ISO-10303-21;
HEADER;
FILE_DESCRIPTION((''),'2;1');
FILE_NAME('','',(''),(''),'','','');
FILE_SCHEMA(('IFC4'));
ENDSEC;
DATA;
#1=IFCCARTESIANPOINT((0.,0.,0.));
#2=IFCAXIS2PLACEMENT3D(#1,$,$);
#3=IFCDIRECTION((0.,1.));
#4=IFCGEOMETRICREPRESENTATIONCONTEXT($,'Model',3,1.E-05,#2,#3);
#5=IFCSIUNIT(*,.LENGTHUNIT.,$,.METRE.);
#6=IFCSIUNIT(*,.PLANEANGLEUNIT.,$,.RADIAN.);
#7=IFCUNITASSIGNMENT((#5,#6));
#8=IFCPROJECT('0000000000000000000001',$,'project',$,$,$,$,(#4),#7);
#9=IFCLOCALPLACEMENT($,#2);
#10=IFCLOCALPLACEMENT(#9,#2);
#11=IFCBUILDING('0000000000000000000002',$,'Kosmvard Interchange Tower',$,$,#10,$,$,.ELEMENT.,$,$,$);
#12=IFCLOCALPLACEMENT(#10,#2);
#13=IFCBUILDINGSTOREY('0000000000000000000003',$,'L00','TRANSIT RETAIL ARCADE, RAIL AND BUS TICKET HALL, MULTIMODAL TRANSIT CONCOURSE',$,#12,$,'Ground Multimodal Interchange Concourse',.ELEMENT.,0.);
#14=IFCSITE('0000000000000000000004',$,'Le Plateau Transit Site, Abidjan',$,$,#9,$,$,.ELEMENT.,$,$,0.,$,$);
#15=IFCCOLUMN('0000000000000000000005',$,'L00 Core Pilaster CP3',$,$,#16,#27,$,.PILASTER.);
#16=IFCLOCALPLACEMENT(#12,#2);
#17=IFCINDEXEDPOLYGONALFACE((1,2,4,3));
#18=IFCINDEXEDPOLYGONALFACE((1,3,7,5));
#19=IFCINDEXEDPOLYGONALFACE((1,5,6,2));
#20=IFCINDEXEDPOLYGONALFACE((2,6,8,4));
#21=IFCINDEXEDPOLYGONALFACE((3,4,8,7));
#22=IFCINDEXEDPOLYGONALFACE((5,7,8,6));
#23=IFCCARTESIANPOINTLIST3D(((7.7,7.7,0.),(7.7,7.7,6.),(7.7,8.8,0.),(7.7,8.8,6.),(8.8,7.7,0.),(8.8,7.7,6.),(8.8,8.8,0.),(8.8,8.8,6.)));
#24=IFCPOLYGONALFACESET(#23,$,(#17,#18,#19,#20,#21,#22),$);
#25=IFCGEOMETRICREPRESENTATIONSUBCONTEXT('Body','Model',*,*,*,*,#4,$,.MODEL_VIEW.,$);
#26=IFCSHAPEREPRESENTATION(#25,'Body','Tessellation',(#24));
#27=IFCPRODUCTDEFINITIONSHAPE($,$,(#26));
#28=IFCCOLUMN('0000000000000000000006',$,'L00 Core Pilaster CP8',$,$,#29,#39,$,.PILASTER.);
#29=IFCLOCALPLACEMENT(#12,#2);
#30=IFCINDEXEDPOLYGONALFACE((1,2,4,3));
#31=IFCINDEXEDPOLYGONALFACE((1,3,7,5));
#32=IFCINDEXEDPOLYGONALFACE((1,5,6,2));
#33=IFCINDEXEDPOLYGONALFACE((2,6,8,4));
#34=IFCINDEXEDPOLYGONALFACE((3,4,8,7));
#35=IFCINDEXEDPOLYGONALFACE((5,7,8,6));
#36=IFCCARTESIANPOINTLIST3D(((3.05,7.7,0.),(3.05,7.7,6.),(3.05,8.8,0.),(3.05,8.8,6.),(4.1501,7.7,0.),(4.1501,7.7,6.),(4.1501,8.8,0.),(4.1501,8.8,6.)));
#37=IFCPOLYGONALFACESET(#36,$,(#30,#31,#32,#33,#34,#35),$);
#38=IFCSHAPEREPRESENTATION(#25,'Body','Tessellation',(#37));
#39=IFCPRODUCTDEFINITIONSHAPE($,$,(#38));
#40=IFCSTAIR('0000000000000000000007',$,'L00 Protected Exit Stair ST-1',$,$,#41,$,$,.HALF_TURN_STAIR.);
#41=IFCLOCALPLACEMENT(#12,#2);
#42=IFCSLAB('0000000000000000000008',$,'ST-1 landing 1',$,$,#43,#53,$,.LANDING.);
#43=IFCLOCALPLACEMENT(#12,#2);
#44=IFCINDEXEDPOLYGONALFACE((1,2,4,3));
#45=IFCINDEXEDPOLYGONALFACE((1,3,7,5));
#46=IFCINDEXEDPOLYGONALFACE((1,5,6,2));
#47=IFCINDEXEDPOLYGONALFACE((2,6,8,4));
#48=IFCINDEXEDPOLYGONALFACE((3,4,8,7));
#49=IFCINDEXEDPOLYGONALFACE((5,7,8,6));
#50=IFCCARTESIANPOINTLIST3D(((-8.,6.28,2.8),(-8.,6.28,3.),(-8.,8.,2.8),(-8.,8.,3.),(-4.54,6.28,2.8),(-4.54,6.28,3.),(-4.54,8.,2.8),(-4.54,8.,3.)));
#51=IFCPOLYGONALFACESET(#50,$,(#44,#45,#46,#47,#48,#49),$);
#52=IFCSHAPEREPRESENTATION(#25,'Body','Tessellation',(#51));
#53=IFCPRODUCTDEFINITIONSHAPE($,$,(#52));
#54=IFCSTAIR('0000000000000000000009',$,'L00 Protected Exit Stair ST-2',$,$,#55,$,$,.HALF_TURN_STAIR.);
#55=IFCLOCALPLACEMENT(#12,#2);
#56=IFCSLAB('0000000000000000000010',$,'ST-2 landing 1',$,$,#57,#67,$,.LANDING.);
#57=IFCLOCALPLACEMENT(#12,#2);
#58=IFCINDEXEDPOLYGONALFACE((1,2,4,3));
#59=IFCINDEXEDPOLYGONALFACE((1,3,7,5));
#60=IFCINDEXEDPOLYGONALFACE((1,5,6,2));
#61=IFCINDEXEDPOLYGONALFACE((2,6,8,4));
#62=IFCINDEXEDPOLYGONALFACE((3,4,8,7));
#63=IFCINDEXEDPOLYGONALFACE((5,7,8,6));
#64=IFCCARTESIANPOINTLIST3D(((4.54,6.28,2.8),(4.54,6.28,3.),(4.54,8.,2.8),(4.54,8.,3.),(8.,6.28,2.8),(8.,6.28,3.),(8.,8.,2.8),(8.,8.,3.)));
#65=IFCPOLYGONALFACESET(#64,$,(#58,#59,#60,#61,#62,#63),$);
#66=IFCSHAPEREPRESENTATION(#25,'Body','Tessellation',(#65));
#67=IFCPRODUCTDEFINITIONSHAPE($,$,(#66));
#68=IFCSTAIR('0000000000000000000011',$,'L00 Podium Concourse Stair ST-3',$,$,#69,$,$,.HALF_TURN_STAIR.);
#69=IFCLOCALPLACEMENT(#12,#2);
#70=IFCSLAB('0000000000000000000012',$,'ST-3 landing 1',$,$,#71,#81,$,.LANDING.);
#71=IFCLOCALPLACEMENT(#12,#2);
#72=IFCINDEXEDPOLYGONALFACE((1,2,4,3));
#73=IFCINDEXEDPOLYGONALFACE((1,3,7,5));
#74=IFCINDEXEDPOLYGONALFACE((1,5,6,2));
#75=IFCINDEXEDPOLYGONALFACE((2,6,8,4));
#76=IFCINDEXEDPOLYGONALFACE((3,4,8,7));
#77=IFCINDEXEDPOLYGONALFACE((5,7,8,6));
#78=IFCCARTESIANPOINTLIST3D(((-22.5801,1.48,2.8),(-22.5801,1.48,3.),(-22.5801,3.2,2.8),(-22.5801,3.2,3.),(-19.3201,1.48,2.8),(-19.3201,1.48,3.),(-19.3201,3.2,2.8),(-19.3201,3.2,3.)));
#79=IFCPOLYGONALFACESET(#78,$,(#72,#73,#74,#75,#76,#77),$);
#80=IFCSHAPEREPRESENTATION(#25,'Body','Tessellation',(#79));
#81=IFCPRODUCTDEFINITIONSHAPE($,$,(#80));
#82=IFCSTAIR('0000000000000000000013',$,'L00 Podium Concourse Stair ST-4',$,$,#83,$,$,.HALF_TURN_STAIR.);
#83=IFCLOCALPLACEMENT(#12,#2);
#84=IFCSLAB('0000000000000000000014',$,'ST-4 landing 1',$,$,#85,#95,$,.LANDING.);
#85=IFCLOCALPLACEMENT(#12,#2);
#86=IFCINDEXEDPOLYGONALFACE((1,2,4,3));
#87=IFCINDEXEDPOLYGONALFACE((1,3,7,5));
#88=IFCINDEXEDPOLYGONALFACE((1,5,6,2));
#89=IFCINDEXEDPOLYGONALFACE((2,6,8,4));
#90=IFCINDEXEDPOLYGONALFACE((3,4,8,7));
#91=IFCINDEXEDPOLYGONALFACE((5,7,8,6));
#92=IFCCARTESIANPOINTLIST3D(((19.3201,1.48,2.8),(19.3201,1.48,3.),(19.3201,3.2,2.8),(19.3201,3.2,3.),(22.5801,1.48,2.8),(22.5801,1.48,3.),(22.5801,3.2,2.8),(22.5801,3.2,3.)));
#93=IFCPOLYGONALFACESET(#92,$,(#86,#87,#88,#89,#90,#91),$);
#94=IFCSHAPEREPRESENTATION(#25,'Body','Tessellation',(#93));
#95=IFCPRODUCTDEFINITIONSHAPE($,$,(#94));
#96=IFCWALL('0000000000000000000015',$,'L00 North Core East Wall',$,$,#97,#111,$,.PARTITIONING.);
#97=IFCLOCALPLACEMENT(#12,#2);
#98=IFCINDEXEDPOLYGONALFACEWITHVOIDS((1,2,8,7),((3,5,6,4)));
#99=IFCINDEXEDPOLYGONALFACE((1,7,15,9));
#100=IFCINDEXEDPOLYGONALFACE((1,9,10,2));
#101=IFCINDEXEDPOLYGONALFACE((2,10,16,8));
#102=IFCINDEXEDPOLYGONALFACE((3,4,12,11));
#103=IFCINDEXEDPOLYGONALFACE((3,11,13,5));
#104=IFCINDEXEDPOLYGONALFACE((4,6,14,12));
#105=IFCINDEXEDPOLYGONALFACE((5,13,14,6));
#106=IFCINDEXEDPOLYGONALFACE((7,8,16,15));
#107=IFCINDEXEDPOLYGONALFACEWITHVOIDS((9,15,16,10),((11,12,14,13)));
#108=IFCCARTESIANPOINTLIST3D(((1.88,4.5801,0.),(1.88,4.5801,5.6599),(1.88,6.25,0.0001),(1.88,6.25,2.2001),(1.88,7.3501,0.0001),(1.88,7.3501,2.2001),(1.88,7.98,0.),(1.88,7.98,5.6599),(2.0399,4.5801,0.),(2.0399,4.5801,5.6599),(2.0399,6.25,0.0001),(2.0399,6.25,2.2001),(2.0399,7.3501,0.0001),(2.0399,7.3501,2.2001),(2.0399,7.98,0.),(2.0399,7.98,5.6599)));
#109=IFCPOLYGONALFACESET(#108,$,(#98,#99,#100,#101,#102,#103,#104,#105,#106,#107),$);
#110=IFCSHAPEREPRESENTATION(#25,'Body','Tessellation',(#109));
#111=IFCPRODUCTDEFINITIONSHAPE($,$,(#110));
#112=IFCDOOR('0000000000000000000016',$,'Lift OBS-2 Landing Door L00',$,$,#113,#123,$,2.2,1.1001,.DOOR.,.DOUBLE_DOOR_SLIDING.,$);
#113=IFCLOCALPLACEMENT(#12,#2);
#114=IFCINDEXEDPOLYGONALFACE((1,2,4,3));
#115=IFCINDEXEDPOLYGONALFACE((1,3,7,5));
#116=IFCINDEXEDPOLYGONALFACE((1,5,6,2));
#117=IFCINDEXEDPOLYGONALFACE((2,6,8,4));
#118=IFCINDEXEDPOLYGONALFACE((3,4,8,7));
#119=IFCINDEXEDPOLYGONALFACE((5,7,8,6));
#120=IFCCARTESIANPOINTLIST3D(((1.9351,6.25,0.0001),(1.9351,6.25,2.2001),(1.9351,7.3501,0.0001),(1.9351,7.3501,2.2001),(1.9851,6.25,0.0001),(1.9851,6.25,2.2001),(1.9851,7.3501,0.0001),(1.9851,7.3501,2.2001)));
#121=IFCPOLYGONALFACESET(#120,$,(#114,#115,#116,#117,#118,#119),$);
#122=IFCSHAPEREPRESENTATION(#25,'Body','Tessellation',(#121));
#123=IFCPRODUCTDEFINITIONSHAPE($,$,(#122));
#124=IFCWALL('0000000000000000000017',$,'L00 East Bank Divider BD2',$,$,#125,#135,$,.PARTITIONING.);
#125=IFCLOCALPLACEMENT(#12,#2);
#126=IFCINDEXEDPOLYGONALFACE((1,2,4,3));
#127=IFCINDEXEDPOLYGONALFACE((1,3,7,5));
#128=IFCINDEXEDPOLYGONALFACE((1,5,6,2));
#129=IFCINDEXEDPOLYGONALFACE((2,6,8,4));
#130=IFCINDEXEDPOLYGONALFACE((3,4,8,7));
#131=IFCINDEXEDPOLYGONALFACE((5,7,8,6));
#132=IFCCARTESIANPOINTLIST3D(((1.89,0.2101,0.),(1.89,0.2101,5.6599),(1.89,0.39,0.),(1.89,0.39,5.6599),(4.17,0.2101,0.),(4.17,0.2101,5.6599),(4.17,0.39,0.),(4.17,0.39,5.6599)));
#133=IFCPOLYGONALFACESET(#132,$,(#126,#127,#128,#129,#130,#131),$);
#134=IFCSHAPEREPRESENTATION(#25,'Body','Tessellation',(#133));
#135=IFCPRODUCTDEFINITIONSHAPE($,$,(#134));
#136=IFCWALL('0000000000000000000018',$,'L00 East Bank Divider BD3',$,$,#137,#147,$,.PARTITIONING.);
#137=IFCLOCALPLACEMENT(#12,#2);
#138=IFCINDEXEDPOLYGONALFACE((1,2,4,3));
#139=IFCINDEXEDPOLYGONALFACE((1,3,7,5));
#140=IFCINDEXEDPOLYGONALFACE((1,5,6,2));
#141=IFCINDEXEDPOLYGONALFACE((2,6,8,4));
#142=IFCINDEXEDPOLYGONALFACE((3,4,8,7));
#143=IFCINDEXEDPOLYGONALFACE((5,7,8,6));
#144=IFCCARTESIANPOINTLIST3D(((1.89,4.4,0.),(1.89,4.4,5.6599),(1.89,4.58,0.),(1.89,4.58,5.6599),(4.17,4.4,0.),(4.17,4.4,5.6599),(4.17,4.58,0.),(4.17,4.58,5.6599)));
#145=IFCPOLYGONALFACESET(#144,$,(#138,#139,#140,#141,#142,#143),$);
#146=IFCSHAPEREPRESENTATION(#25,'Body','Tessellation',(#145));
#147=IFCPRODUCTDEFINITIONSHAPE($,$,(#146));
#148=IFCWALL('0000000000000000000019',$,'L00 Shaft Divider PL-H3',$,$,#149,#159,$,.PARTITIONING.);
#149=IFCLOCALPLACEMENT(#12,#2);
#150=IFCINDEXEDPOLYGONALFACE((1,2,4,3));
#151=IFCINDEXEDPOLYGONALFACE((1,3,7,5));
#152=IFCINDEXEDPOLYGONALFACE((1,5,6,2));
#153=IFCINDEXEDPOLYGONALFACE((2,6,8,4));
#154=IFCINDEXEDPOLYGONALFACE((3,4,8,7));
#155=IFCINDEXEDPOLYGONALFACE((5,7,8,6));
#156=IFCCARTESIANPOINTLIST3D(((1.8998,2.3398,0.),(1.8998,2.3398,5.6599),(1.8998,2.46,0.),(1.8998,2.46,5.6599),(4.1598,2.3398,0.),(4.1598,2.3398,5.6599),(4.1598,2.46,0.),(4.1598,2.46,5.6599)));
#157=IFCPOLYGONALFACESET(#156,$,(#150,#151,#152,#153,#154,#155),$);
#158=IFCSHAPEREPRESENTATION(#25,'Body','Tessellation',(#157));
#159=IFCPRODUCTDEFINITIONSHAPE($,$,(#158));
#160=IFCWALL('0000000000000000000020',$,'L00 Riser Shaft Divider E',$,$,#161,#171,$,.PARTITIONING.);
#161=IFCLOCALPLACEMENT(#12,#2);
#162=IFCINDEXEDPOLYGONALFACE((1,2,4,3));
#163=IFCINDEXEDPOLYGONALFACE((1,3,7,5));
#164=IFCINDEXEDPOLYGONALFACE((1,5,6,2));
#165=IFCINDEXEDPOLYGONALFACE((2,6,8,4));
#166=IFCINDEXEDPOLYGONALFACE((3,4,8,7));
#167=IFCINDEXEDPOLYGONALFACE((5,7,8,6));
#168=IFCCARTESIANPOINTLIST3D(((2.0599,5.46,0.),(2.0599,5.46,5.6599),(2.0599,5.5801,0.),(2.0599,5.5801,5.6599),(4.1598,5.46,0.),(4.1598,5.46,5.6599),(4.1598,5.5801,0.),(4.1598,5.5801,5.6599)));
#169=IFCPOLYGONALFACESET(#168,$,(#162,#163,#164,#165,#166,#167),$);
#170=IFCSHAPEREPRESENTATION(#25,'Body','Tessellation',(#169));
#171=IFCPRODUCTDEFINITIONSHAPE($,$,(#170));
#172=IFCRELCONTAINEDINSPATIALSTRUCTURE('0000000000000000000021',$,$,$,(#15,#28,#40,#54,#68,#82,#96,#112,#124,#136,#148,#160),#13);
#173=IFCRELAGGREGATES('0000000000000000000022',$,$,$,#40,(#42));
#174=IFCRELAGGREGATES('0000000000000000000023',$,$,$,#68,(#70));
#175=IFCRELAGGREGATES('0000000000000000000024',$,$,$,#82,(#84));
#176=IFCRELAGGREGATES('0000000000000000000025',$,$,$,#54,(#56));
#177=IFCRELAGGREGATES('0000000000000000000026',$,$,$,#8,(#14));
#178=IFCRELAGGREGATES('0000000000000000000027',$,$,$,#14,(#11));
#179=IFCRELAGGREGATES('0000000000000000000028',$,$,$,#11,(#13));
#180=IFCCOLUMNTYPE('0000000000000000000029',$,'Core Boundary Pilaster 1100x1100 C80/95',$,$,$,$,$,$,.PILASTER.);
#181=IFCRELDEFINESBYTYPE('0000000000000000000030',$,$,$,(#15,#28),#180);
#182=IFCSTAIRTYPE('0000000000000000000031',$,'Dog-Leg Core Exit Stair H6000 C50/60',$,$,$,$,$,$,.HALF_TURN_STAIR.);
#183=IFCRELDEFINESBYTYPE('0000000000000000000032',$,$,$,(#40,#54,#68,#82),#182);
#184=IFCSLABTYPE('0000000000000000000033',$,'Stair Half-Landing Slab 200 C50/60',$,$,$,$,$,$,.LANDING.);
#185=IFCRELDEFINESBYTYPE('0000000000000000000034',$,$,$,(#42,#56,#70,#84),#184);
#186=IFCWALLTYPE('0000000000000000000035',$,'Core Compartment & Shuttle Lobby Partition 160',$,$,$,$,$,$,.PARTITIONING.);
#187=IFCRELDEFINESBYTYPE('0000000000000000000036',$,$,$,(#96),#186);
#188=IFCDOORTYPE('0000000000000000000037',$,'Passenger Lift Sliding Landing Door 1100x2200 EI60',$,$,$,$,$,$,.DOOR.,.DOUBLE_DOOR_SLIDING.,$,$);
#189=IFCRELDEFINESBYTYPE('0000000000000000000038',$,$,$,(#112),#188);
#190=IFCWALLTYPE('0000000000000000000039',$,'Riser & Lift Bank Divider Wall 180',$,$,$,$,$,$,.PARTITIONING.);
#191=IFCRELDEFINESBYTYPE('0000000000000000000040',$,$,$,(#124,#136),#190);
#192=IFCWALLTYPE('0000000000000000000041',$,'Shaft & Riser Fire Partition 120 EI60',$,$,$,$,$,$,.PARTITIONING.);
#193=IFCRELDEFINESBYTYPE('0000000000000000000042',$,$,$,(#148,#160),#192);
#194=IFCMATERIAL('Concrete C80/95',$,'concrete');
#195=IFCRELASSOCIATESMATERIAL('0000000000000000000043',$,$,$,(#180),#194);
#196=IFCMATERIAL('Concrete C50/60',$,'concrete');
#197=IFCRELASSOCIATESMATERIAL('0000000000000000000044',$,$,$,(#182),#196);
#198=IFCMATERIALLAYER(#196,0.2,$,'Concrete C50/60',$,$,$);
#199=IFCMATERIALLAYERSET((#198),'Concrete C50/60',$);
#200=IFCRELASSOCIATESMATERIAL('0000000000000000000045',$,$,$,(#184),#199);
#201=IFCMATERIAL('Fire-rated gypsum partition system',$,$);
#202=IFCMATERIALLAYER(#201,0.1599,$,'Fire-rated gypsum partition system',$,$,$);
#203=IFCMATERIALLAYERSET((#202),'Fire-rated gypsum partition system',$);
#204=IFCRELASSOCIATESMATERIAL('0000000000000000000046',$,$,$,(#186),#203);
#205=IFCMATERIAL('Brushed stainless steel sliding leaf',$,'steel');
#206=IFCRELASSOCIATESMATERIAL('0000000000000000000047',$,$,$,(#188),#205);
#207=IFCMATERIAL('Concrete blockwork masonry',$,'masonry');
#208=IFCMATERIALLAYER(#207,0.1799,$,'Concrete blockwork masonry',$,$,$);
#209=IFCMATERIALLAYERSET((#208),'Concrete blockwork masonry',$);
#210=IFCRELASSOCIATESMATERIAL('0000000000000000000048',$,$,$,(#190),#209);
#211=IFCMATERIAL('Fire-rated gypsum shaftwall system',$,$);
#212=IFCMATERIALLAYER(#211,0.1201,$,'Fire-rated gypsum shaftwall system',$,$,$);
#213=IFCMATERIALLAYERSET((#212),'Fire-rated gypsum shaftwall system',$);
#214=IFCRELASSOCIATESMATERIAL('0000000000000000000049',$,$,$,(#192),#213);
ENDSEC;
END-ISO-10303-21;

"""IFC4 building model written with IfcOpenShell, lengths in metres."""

from ifc_helpers import new_model, si_unit, direction, frame, frame_2d, origin, origin_2d, place, context, subcontext, project, spatial, polyline, rectangle, outline, extrude, source, transform, mapped, material, layer, layer_set, material_profile, profile_set, type_object, element, fill, aggregate, save


model = new_model("IFC4")

# Units and contexts
model_context = context("Model", 3, precision=1e-05, world=origin(), true_north=direction((0.0, 1.0)))
body_context = subcontext(model_context, "Body", "Model", "MODEL_VIEW")
ifc_project = project(units=[si_unit("LENGTHUNIT", "METRE"), si_unit("PLANEANGLEUNIT", "RADIAN")], contexts=[model_context])

# Site, building, storey
site_placement = place(None, origin())
site = spatial("IfcSite", under=ifc_project, at=site_placement, Name="Le Plateau Transit Site, Abidjan", CompositionType="ELEMENT", RefElevation=0.0)
building_placement = place(site_placement, origin())
building = spatial("IfcBuilding", under=site, at=building_placement, Name="Kosmvard Interchange Tower", CompositionType="ELEMENT")
storey_placement = place(building_placement, origin())
storey = spatial("IfcBuildingStorey", under=building, at=storey_placement, Name="L00", Description="TRANSIT RETAIL ARCADE, RAIL AND BUS TICKET HALL, MULTIMODAL TRANSIT CONCOURSE", LongName="Ground Multimodal Interchange Concourse", CompositionType="ELEMENT", Elevation=0.0)

# Columns
ifc_material_1 = material(Name="Concrete C80/95", Category="concrete")
ifc_material_profile = material_profile(ifc_material_1, rectangle(XDim=1.1001, YDim=1.1001, at=origin_2d()), Name="CP 1100x1100")
ifc_profile_set = profile_set([ifc_material_profile], Name="Concrete C80/95")
column_type = type_object("IfcColumnType", Name="Core Boundary Pilaster 1100x1100 C80/95", PredefinedType="PILASTER", material=ifc_profile_set)
shared_shape_1 = source(origin(), body_context, "Body", "SweptSolid", [
    extrude(rectangle(XDim=1.1001, YDim=1.1001, at=origin_2d()), origin(), (0.0, 0.0, 1.0), 6.0),
])
for number, where, z_axis, x_axis, name in (
    (1, (8.25, 8.25, 0.0), (0.0, 0.0, 1.0), (1.0, 0.0, 0.0), "L00 Core Pilaster CP3"),
    (2, (3.6001, 8.25, 0.0), (0.0, 0.0, 1.0), (1.0, 0.0, 0.0), "L00 Core Pilaster CP8"),
):
    element("IfcColumn", number, at=place(storey_placement, frame(where, z_axis=z_axis, x_axis=x_axis)), inside=storey, type_object=column_type, Name=name, PredefinedType="PILASTER", context=body_context, shape_type="MappedRepresentation", body=[
        mapped(shared_shape_1, transform((0.0, 0.0, 0.0), scale=1.0)),
    ])

# Stairs, slabs
ifc_material_2 = material(Name="Concrete C50/60", Category="concrete")
stair_type = type_object("IfcStairType", Name="Dog-Leg Core Exit Stair H6000 C50/60", PredefinedType="HALF_TURN_STAIR", material=ifc_material_2)
stair_1_placement = place(storey_placement, origin())
stair_1 = element("IfcStair", 3, at=stair_1_placement, inside=storey, type_object=stair_type, Name="L00 Protected Exit Stair ST-1", PredefinedType="HALF_TURN_STAIR")
ifc_layer_1 = layer(ifc_material_2, 0.2, Name="Concrete C50/60")
ifc_layer_set_1 = layer_set([ifc_layer_1], Name="Concrete C50/60")
slab_type = type_object("IfcSlabType", Name="Stair Half-Landing Slab 200 C50/60", PredefinedType="LANDING", material=ifc_layer_set_1)
slab_1_placement = place(storey_placement, frame((0.0, 0.0, 2.8)))
slab_1 = element("IfcSlab", 4, at=slab_1_placement, type_object=slab_type, Name="ST-1 landing 1", PredefinedType="LANDING", context=body_context, shape_type="SweptSolid", body=[
    extrude(outline(polyline([(-4.54, 6.28), (-4.54, 8.0), (-8.0, 8.0), (-8.0, 6.28), (-4.54, 6.28)])), origin(), (0.0, 0.0, 1.0), 0.2),
])
aggregate(stair_1, [slab_1])
stair_2_placement = place(storey_placement, origin())
stair_2 = element("IfcStair", 5, at=stair_2_placement, inside=storey, type_object=stair_type, Name="L00 Protected Exit Stair ST-2", PredefinedType="HALF_TURN_STAIR")
slab_2_placement = place(storey_placement, frame((0.0, 0.0, 2.8)))
slab_2 = element("IfcSlab", 6, at=slab_2_placement, type_object=slab_type, Name="ST-2 landing 1", PredefinedType="LANDING", context=body_context, shape_type="SweptSolid", body=[
    extrude(outline(polyline([(8.0, 6.28), (8.0, 8.0), (4.54, 8.0), (4.54, 6.28), (8.0, 6.28)])), origin(), (0.0, 0.0, 1.0), 0.2),
])
stair_3_placement = place(storey_placement, origin())
stair_3 = element("IfcStair", 7, at=stair_3_placement, inside=storey, type_object=stair_type, Name="L00 Podium Concourse Stair ST-3", PredefinedType="HALF_TURN_STAIR")
slab_3_placement = place(storey_placement, frame((0.0, 0.0, 2.8)))
slab_3 = element("IfcSlab", 8, at=slab_3_placement, type_object=slab_type, Name="ST-3 landing 1", PredefinedType="LANDING", context=body_context, shape_type="SweptSolid", body=[
    extrude(outline(polyline([(-19.3201, 1.48), (-19.3201, 3.2), (-22.5801, 3.2), (-22.5801, 1.48), (-19.3201, 1.48)])), origin(), (0.0, 0.0, 1.0), 0.2),
])
aggregate(stair_3, [slab_3])
stair_4_placement = place(storey_placement, origin())
stair_4 = element("IfcStair", 9, at=stair_4_placement, inside=storey, type_object=stair_type, Name="L00 Podium Concourse Stair ST-4", PredefinedType="HALF_TURN_STAIR")
slab_4_placement = place(storey_placement, frame((0.0, 0.0, 2.8)))
slab_4 = element("IfcSlab", 10, at=slab_4_placement, type_object=slab_type, Name="ST-4 landing 1", PredefinedType="LANDING", context=body_context, shape_type="SweptSolid", body=[
    extrude(outline(polyline([(22.5801, 1.48), (22.5801, 3.2), (19.3201, 3.2), (19.3201, 1.48), (22.5801, 1.48)])), origin(), (0.0, 0.0, 1.0), 0.2),
])
aggregate(stair_4, [slab_4])

# Wall, opening, door
ifc_material_3 = material(Name="Fire-rated gypsum partition system")
ifc_layer_2 = layer(ifc_material_3, 0.1599, Name="Fire-rated gypsum partition system")
ifc_layer_set_2 = layer_set([ifc_layer_2], Name="Fire-rated gypsum partition system")
wall_type_1 = type_object("IfcWallType", Name="Core Compartment & Shuttle Lobby Partition 160", PredefinedType="PARTITIONING", material=ifc_layer_set_2)
wall_1_placement = place(storey_placement, frame((1.96, 4.5801, 0.0), z_axis=(0.0, 0.0, 1.0), x_axis=(0.0, 1.0, 0.0)))
wall_1 = element("IfcWall", 11, at=wall_1_placement, inside=storey, type_object=wall_type_1, Name="L00 North Core East Wall", PredefinedType="PARTITIONING", context=body_context, shape_type="SweptSolid", body=[
    extrude(rectangle(XDim=3.3999, YDim=0.1599, at=frame_2d((1.7, 0.0))), origin(), (0.0, 0.0, 1.0), 5.6599),
])
opening_1_placement = place(wall_1_placement, frame((1.6699, 0.0, 0.0)))
opening_1 = element("IfcOpeningElement", 12, at=opening_1_placement, cuts=wall_1, PredefinedType="OPENING", context=body_context, shape_type="SweptSolid", body=[
    extrude(rectangle(XDim=1.1001, YDim=2.2, at=frame_2d((0.55, 1.1001))), frame((0.0, 0.0898, 0.0), z_axis=(0.0, -1.0, 0.0), x_axis=(1.0, 0.0, 0.0)), (0.0, 0.0, 1.0), 0.1799),
])
ifc_material_4 = material(Name="Brushed stainless steel sliding leaf", Category="steel")
door_type_1 = type_object("IfcDoorType", Name="Passenger Lift Sliding Landing Door 1100x2200 EI60", OperationType="DOUBLE_DOOR_SLIDING", PredefinedType="DOOR", material=ifc_material_4)
shared_shape_2 = source(origin(), body_context, "Body", "SweptSolid", [
    extrude(rectangle(XDim=1.1001, YDim=2.2, at=frame_2d((0.55, 1.1001))), frame((0.0, 0.0249, 0.0), z_axis=(0.0, -1.0, 0.0), x_axis=(1.0, 0.0, 0.0)), (0.0, 0.0, 1.0), 0.05),
])
door_1_placement = place(opening_1_placement, origin())
door_1 = element("IfcDoor", 13, at=door_1_placement, inside=storey, type_object=door_type_1, Name="Lift OBS-2 Landing Door L00", OperationType="DOUBLE_DOOR_SLIDING", OverallHeight=2.2, OverallWidth=1.1001, PredefinedType="DOOR", context=body_context, shape_type="MappedRepresentation", body=[
    mapped(shared_shape_2, transform((0.0, 0.0, 0.0), scale=1.0)),
])
fill(opening_1, door_1)

# Walls
ifc_material_5 = material(Name="Concrete blockwork masonry", Category="masonry")
ifc_layer_3 = layer(ifc_material_5, 0.1799, Name="Concrete blockwork masonry")
ifc_layer_set_3 = layer_set([ifc_layer_3], Name="Concrete blockwork masonry")
wall_type_2 = type_object("IfcWallType", Name="Riser & Lift Bank Divider Wall 180", PredefinedType="PARTITIONING", material=ifc_layer_set_3)
for number, where, z_axis, x_axis, name in (
    (14, (1.8899, 0.3, 0.0), (0.0, 0.0, 1.0), (1.0, 0.0, 0.0), "L00 East Bank Divider BD2"),
    (15, (1.8899, 4.49, 0.0), (0.0, 0.0, 1.0), (1.0, 0.0, 0.0), "L00 East Bank Divider BD3"),
):
    element("IfcWall", number, at=place(storey_placement, frame(where, z_axis=z_axis, x_axis=x_axis)), inside=storey, type_object=wall_type_2, Name=name, PredefinedType="PARTITIONING", context=body_context, shape_type="SweptSolid", body=[
        extrude(rectangle(XDim=2.28, YDim=0.1799, at=frame_2d((1.1401, 0.0))), origin(), (0.0, 0.0, 1.0), 5.6599),
    ])
ifc_material_6 = material(Name="Fire-rated gypsum shaftwall system")
ifc_layer_4 = layer(ifc_material_6, 0.1201, Name="Fire-rated gypsum shaftwall system")
ifc_layer_set_4 = layer_set([ifc_layer_4], Name="Fire-rated gypsum shaftwall system")
wall_type_3 = type_object("IfcWallType", Name="Shaft & Riser Fire Partition 120 EI60", PredefinedType="PARTITIONING", material=ifc_layer_set_4)
wall_2_placement = place(storey_placement, frame((1.8999, 2.3999, 0.0), z_axis=(0.0, 0.0, 1.0), x_axis=(1.0, 0.0, 0.0)))
element("IfcWall", 16, at=wall_2_placement, inside=storey, type_object=wall_type_3, Name="L00 Shaft Divider PL-H3", PredefinedType="PARTITIONING", context=body_context, shape_type="SweptSolid", body=[
    extrude(rectangle(XDim=2.26, YDim=0.1201, at=frame_2d((1.1299, 0.0))), origin(), (0.0, 0.0, 1.0), 5.6599),
])
wall_3_placement = place(storey_placement, frame((2.0601, 5.52, 0.0), z_axis=(0.0, 0.0, 1.0), x_axis=(1.0, 0.0, 0.0)))
element("IfcWall", 17, at=wall_3_placement, inside=storey, type_object=wall_type_3, Name="L00 Riser Shaft Divider E", PredefinedType="PARTITIONING", context=body_context, shape_type="SweptSolid", body=[
    extrude(rectangle(XDim=2.0999, YDim=0.1201, at=frame_2d((1.0498, 0.0))), origin(), (0.0, 0.0, 1.0), 5.6599),
])

aggregate(stair_2, [slab_2])

save(model, "model.ifc")
